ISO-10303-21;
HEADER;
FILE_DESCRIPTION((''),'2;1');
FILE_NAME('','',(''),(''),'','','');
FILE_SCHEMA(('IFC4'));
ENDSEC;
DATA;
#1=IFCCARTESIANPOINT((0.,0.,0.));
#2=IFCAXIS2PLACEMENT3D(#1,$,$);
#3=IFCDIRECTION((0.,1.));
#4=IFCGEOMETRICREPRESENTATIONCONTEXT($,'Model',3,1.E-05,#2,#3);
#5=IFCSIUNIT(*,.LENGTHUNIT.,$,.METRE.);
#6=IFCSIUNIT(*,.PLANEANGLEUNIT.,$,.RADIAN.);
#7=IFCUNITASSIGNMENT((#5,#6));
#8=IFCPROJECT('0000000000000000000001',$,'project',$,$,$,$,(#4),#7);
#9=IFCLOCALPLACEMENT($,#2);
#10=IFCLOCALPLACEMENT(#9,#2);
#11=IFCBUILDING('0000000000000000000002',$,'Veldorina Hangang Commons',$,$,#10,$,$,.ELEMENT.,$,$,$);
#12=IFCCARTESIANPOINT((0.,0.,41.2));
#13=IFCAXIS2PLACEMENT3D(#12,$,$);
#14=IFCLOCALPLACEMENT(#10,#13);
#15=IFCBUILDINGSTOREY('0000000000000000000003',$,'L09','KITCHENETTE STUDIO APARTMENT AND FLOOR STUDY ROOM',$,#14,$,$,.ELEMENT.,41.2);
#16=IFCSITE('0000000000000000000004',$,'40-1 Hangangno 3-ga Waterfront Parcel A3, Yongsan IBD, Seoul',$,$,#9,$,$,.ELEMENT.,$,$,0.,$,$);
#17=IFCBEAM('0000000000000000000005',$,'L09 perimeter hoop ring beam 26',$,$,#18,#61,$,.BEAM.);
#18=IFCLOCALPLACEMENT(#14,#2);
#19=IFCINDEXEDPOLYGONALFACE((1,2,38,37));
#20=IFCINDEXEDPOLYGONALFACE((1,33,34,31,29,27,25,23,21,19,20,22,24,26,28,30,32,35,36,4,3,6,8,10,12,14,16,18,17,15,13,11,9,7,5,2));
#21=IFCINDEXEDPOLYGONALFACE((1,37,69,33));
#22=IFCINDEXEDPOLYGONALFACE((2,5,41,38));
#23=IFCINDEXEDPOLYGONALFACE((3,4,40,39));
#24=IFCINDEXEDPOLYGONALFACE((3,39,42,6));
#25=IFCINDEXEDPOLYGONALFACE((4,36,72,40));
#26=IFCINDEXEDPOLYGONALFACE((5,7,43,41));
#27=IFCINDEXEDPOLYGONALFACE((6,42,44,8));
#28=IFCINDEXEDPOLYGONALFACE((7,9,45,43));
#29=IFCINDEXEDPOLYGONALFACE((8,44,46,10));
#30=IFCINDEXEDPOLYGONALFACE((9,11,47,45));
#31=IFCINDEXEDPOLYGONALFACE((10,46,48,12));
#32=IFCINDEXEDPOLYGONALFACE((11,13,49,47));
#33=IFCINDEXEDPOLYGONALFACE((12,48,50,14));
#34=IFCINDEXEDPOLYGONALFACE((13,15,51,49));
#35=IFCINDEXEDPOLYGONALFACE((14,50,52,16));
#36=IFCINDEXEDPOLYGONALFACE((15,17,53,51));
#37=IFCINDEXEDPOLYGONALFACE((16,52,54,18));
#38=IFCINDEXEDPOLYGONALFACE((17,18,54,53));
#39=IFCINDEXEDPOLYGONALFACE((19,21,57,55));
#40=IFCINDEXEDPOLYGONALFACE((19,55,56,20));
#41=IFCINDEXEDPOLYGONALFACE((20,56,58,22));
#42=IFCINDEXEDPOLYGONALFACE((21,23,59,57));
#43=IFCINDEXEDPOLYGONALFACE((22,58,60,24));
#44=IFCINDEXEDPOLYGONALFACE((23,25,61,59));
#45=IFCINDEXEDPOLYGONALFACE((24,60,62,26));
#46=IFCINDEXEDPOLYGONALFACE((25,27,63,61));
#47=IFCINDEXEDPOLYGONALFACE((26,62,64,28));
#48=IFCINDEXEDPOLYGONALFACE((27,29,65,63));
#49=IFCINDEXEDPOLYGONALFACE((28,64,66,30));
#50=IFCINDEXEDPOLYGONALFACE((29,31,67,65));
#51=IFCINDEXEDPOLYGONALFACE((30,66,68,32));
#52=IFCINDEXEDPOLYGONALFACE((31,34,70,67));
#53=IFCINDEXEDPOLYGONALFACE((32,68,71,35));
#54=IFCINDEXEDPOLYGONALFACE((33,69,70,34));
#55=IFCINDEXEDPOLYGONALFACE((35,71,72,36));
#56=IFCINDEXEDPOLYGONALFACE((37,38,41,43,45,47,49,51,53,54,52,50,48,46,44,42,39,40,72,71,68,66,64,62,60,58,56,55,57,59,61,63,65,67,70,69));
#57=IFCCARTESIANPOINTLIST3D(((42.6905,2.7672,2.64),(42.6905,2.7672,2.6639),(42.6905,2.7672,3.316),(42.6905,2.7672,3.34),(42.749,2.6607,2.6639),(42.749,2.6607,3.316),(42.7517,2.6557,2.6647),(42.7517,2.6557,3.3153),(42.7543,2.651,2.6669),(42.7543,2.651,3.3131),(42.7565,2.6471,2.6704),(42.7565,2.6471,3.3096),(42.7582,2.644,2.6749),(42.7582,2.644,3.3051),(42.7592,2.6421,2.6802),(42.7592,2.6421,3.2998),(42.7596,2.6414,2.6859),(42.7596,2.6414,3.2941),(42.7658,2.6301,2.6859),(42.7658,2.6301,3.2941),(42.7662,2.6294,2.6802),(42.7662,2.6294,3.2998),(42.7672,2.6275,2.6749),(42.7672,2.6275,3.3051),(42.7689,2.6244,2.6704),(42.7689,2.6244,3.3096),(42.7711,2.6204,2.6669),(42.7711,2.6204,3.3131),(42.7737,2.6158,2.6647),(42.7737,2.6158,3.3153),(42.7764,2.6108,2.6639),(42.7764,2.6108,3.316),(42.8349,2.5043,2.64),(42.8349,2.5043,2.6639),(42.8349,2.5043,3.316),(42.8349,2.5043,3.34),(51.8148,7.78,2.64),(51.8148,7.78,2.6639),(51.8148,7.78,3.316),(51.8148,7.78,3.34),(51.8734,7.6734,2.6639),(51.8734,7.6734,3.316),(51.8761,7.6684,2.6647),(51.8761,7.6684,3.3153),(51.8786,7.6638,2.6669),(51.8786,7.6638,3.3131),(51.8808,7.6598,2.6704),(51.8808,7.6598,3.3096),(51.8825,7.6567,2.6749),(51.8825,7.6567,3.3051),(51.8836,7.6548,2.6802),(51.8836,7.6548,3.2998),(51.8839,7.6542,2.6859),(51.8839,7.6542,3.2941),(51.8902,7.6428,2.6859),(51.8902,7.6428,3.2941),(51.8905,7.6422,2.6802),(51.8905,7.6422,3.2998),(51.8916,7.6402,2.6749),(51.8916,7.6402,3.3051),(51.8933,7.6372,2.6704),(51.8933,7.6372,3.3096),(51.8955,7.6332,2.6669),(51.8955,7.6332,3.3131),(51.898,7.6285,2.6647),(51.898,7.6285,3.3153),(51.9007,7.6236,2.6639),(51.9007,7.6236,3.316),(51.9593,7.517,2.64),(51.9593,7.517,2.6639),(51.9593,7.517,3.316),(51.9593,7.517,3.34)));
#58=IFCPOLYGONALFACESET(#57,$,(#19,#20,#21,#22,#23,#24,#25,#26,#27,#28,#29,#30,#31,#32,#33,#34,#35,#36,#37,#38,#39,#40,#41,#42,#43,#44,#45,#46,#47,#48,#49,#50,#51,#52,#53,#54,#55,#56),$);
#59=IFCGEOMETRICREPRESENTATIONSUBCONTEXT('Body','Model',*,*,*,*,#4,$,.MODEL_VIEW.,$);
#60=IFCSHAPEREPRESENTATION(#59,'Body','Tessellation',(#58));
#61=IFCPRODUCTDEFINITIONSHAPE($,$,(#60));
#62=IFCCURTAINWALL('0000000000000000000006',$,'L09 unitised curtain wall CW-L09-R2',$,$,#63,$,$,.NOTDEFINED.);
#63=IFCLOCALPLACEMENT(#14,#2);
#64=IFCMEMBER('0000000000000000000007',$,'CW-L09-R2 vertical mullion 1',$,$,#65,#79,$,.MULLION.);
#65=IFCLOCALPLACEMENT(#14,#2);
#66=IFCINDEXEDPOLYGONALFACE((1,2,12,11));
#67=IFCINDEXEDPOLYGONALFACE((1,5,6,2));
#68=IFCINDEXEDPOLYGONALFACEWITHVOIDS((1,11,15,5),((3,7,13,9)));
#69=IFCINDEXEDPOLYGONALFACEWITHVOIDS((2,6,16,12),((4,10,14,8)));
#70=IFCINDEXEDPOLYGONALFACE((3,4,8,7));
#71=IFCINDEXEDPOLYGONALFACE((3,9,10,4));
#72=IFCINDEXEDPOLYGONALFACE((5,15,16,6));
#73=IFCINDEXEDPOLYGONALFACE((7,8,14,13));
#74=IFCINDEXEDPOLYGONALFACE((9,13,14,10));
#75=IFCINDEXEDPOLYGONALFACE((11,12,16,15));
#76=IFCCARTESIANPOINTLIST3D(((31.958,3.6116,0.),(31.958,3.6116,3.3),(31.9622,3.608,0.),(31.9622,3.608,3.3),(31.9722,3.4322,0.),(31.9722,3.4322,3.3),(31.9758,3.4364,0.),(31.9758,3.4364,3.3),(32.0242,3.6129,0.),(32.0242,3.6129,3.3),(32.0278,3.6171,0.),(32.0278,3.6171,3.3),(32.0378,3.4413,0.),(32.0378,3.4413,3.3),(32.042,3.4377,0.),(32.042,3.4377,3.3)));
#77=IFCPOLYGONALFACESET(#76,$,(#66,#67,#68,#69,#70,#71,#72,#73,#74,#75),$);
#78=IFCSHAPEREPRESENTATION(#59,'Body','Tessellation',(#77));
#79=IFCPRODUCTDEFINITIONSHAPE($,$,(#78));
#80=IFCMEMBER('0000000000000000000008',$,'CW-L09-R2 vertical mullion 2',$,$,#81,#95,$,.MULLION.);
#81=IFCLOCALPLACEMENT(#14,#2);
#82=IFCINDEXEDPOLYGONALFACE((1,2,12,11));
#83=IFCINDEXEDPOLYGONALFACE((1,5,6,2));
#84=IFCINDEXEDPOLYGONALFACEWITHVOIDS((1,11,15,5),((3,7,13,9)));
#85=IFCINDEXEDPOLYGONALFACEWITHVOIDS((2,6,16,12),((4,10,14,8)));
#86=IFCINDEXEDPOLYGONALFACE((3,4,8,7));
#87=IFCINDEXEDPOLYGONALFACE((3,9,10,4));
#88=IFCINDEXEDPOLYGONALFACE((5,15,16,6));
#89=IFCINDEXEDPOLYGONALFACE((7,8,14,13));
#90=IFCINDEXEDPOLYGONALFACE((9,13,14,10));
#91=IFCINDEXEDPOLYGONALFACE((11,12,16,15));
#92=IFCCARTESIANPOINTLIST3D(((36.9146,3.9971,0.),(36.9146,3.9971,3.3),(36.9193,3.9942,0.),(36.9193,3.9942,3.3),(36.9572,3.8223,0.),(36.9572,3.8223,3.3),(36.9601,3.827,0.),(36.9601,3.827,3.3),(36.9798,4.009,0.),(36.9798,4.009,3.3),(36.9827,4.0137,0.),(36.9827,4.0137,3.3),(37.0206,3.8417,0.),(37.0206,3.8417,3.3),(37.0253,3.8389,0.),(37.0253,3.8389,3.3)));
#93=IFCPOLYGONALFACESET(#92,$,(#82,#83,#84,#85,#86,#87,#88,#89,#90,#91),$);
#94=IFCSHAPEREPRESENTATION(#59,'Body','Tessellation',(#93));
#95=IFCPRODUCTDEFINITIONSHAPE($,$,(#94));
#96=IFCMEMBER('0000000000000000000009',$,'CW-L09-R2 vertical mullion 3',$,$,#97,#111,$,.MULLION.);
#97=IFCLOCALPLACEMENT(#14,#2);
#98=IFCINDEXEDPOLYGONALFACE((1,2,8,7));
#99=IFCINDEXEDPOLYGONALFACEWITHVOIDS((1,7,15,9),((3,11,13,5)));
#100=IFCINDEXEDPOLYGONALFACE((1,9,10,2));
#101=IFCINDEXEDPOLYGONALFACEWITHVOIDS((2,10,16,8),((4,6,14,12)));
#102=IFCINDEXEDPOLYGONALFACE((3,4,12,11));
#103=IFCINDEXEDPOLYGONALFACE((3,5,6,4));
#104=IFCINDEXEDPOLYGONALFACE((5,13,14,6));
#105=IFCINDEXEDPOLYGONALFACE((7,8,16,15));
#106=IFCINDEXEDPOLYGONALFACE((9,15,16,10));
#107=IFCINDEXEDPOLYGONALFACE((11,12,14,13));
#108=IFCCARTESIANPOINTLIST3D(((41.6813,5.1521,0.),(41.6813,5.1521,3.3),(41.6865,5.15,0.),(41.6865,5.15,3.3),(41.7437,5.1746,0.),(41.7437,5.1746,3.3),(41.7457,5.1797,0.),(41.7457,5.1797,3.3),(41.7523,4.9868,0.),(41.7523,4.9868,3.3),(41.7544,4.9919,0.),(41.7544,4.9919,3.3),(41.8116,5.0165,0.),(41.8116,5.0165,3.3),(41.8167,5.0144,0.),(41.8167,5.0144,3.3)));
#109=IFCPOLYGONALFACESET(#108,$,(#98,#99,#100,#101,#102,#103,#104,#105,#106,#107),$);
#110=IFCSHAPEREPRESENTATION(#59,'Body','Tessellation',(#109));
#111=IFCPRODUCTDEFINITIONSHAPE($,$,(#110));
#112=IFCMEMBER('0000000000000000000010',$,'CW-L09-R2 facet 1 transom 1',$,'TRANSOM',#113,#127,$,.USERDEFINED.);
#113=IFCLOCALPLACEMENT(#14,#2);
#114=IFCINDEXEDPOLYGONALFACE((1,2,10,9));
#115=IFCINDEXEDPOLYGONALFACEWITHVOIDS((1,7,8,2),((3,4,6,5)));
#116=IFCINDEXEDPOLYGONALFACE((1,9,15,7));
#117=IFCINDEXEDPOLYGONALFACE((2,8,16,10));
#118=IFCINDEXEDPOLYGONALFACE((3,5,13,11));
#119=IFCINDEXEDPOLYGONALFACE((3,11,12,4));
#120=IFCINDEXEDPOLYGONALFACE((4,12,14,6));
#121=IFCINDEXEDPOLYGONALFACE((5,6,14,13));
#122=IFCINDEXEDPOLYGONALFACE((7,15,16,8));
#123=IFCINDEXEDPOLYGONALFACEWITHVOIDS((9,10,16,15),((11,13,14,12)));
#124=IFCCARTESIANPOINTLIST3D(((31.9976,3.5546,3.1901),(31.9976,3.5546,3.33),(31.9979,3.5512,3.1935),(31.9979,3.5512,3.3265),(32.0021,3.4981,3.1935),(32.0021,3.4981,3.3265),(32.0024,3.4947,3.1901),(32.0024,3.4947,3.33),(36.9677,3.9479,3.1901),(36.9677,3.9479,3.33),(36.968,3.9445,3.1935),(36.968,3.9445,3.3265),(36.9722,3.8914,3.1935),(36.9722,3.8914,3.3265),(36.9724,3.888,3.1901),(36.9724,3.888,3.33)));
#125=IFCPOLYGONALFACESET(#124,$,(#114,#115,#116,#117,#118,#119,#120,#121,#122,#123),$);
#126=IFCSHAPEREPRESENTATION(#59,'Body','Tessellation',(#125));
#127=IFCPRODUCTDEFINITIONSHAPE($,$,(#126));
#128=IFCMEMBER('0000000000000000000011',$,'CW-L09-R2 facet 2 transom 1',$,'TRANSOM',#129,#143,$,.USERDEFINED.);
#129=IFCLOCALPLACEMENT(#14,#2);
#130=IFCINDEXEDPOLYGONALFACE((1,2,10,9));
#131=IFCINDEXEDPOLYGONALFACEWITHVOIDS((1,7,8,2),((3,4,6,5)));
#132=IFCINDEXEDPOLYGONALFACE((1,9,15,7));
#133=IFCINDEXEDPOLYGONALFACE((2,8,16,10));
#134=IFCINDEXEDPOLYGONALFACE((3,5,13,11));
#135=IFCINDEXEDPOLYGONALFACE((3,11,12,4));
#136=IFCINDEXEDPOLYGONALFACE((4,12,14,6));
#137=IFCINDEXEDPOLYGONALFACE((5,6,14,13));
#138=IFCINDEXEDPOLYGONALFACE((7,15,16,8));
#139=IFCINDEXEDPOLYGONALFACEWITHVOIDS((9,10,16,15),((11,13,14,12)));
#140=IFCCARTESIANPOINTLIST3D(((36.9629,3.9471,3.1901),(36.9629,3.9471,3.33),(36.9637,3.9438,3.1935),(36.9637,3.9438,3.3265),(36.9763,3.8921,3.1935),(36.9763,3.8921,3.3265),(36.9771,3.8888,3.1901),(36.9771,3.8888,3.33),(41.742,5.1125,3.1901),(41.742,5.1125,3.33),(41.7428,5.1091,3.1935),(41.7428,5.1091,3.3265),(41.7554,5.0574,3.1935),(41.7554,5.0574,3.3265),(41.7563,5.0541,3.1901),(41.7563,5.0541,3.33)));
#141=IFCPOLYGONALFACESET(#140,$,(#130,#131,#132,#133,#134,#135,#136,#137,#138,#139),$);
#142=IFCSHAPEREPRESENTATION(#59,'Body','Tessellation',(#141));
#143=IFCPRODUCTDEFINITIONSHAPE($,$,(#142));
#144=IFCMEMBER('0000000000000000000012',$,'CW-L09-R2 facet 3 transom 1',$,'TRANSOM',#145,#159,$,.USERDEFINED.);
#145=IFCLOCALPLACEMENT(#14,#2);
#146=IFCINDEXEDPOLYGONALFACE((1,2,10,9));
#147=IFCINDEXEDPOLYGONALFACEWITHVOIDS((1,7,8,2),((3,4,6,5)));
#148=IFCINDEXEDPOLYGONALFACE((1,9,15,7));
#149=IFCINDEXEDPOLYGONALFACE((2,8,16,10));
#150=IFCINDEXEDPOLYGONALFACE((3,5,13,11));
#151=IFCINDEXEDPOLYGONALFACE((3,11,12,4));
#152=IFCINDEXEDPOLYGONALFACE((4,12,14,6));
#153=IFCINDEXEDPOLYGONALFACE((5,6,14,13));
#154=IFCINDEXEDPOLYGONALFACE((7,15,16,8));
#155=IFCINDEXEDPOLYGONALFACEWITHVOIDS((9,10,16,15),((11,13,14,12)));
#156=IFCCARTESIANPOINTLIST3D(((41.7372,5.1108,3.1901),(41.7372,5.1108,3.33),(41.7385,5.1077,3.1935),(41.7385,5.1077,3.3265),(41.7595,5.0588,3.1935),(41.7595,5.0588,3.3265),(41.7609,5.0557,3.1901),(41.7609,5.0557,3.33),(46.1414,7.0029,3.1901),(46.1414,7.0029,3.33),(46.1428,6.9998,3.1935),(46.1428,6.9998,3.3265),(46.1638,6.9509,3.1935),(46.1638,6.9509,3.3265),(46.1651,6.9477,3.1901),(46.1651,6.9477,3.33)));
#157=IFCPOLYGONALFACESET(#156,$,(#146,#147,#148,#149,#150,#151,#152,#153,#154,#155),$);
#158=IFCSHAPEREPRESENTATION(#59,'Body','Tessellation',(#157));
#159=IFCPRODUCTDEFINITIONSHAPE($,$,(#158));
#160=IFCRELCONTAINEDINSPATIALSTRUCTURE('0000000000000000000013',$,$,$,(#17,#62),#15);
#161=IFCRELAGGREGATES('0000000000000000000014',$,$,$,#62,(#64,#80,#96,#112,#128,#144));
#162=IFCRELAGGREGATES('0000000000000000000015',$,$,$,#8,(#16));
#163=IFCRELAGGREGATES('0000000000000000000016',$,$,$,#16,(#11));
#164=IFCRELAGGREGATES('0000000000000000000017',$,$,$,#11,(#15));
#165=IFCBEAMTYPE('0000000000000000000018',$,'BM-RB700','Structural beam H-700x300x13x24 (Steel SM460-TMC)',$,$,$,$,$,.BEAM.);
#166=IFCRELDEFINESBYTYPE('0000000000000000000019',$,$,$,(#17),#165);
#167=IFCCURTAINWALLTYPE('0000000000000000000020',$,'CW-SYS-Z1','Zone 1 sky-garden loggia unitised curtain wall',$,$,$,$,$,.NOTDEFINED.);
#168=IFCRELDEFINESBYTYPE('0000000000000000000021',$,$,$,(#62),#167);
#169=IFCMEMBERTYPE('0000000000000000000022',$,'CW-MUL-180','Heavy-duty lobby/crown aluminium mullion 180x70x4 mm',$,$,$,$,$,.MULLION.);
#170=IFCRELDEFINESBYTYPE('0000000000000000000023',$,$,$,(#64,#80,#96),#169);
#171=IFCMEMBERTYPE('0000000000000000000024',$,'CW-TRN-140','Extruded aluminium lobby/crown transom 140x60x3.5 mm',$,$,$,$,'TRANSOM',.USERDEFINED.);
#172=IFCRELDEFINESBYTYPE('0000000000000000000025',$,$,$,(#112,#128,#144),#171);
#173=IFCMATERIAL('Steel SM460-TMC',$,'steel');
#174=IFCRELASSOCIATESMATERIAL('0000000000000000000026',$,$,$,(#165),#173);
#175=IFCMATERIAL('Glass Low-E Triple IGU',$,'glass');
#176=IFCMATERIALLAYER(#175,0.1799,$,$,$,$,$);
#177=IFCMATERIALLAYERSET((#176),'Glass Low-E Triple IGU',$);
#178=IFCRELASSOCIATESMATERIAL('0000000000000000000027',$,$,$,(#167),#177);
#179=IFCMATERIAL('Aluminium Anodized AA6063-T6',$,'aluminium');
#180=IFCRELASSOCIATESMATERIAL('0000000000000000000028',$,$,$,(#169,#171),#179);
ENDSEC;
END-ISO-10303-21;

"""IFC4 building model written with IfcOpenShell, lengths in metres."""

from ifc_helpers import new_model, si_unit, direction, frame, origin, origin_2d, place, context, subcontext, project, spatial, hollow_rectangle, i_section, extrude, material, layer, layer_set, material_profile, profile_set, type_object, element, aggregate, save


model = new_model("IFC4")

# Units and contexts
model_context = context("Model", 3, precision=1e-05, world=origin(), true_north=direction((0.0, 1.0)))
body_context = subcontext(model_context, "Body", "Model", "MODEL_VIEW")
ifc_project = project(units=[si_unit("LENGTHUNIT", "METRE"), si_unit("PLANEANGLEUNIT", "RADIAN")], contexts=[model_context])

# Site, building, storey
site_placement = place(None, origin())
site = spatial("IfcSite", under=ifc_project, at=site_placement, Name="40-1 Hangangno 3-ga Waterfront Parcel A3, Yongsan IBD, Seoul", CompositionType="ELEMENT", RefElevation=0.0)
building_placement = place(site_placement, origin())
building = spatial("IfcBuilding", under=site, at=building_placement, Name="Veldorina Hangang Commons", CompositionType="ELEMENT")
storey_placement = place(building_placement, frame((0.0, 0.0, 41.2)))
storey = spatial("IfcBuildingStorey", under=building, at=storey_placement, Name="L09", Description="KITCHENETTE STUDIO APARTMENT AND FLOOR STUDY ROOM", CompositionType="ELEMENT", Elevation=41.2)

# Beam
ifc_material_1 = material(Name="Steel SM460-TMC", Category="steel")
ifc_material_profile_1 = material_profile(ifc_material_1, i_section(OverallWidth=0.3, OverallDepth=0.7, WebThickness=0.0129, FlangeThickness=0.0239, FilletRadius=0.022, at=origin_2d()), Name="H-700x300x13x24")
ifc_profile_set_1 = profile_set([ifc_material_profile_1], Name="Steel SM460-TMC")
beam_type = type_object("IfcBeamType", Name="BM-RB700", Description="Structural beam H-700x300x13x24 (Steel SM460-TMC)", PredefinedType="BEAM", material=ifc_profile_set_1)
beam_placement = place(storey_placement, frame((42.7627, 2.6357, 2.99), z_axis=(0.876445, 0.481502, 0.0), x_axis=(-0.481502, 0.876445, 0.0)))
element("IfcBeam", 1, at=beam_placement, inside=storey, type_object=beam_type, Name="L09 perimeter hoop ring beam 26", PredefinedType="BEAM", context=body_context, shape_type="SweptSolid", body=[
    extrude(i_section(OverallWidth=0.3, OverallDepth=0.7, WebThickness=0.0129, FlangeThickness=0.0239, FilletRadius=0.022, at=origin_2d()), origin(), (0.0, 0.0, 1.0), 10.4106),
])

# Curtain wall, members
ifc_material_2 = material(Name="Glass Low-E Triple IGU", Category="glass")
ifc_layer_1 = layer(ifc_material_2, 0.1799)
ifc_layer_set_1 = layer_set([ifc_layer_1], Name="Glass Low-E Triple IGU")
curtain_wall_type = type_object("IfcCurtainWallType", Name="CW-SYS-Z1", Description="Zone 1 sky-garden loggia unitised curtain wall", PredefinedType="NOTDEFINED", material=ifc_layer_set_1)
curtain_wall_placement = place(storey_placement, origin())
curtain_wall = element("IfcCurtainWall", 2, at=curtain_wall_placement, inside=storey, type_object=curtain_wall_type, Name="L09 unitised curtain wall CW-L09-R2", PredefinedType="NOTDEFINED")
ifc_material_3 = material(Name="Aluminium Anodized AA6063-T6", Category="aluminium")
ifc_material_profile_2 = material_profile(ifc_material_3, hollow_rectangle(XDim=0.0701, YDim=0.1799, WallThickness=0.0039, at=origin_2d()), Name="ALU-RHS-180x70x4")
ifc_profile_set_2 = profile_set([ifc_material_profile_2], Name="Aluminium Anodized AA6063-T6")
member_type_1 = type_object("IfcMemberType", Name="CW-MUL-180", Description="Heavy-duty lobby/crown aluminium mullion 180x70x4 mm", PredefinedType="MULLION", material=ifc_profile_set_2)
member_1_placement = place(storey_placement, frame((32.0, 3.5247, 0.0), z_axis=(0.0, 0.0, 1.0), x_axis=(0.996882, 0.078911, 0.0)))
member_1 = element("IfcMember", 3, at=member_1_placement, type_object=member_type_1, Name="CW-L09-R2 vertical mullion 1", PredefinedType="MULLION", context=body_context, shape_type="SweptSolid", body=[
    extrude(hollow_rectangle(XDim=0.0701, YDim=0.1799, WallThickness=0.0039, at=origin_2d()), origin(), (0.0, 0.0, 1.0), 3.3),
])
member_2_placement = place(storey_placement, frame((36.97, 3.918, 0.0), z_axis=(0.0, 0.0, 1.0), x_axis=(0.971541, 0.236872, 0.0)))
member_2 = element("IfcMember", 4, at=member_2_placement, type_object=member_type_1, Name="CW-L09-R2 vertical mullion 2", PredefinedType="MULLION", context=body_context, shape_type="SweptSolid", body=[
    extrude(hollow_rectangle(XDim=0.0701, YDim=0.1799, WallThickness=0.0039, at=origin_2d()), origin(), (0.0, 0.0, 1.0), 3.3),
])
member_3_placement = place(storey_placement, frame((41.749, 5.0833, 0.0), z_axis=(0.0, 0.0, 1.0), x_axis=(0.918805, 0.394712, 0.0)))
member_3 = element("IfcMember", 5, at=member_3_placement, type_object=member_type_1, Name="CW-L09-R2 vertical mullion 3", PredefinedType="MULLION", context=body_context, shape_type="SweptSolid", body=[
    extrude(hollow_rectangle(XDim=0.0701, YDim=0.1799, WallThickness=0.0039, at=origin_2d()), origin(), (0.0, 0.0, 1.0), 3.3),
])
ifc_material_profile_3 = material_profile(ifc_material_3, hollow_rectangle(XDim=0.0601, YDim=0.1399, WallThickness=0.0034, at=origin_2d()), Name="ALU-RHS-140x60x3.5")
ifc_profile_set_3 = profile_set([ifc_material_profile_3], Name="Aluminium Anodized AA6063-T6")
member_type_2 = type_object("IfcMemberType", Name="CW-TRN-140", Description="Extruded aluminium lobby/crown transom 140x60x3.5 mm", ElementType="TRANSOM", PredefinedType="USERDEFINED", material=ifc_profile_set_3)
member_4_placement = place(storey_placement, frame((32.0, 3.5247, 3.26), z_axis=(0.996883, 0.078891, 0.0), x_axis=(-0.078891, 0.996883, 0.0)))
member_4 = element("IfcMember", 6, at=member_4_placement, type_object=member_type_2, Name="CW-L09-R2 facet 1 transom 1", ObjectType="TRANSOM", PredefinedType="USERDEFINED", context=body_context, shape_type="SweptSolid", body=[
    extrude(hollow_rectangle(XDim=0.0601, YDim=0.1399, WallThickness=0.0034, at=origin_2d()), origin(), (0.0, 0.0, 1.0), 4.9856),
])
member_5_placement = place(storey_placement, frame((36.97, 3.918, 3.26), z_axis=(0.971536, 0.236891, 0.0), x_axis=(-0.236891, 0.971536, 0.0)))
member_5 = element("IfcMember", 7, at=member_5_placement, type_object=member_type_2, Name="CW-L09-R2 facet 2 transom 1", ObjectType="TRANSOM", PredefinedType="USERDEFINED", context=body_context, shape_type="SweptSolid", body=[
    extrude(hollow_rectangle(XDim=0.0601, YDim=0.1399, WallThickness=0.0034, at=origin_2d()), origin(), (0.0, 0.0, 1.0), 4.9192),
])
member_6_placement = place(storey_placement, frame((41.749, 5.0833, 3.26), z_axis=(0.918802, 0.394718, 0.0), x_axis=(-0.394718, 0.918802, 0.0)))
member_6 = element("IfcMember", 8, at=member_6_placement, type_object=member_type_2, Name="CW-L09-R2 facet 3 transom 1", ObjectType="TRANSOM", PredefinedType="USERDEFINED", context=body_context, shape_type="SweptSolid", body=[
    extrude(hollow_rectangle(XDim=0.0601, YDim=0.1399, WallThickness=0.0034, at=origin_2d()), origin(), (0.0, 0.0, 1.0), 4.7935),
])

aggregate(curtain_wall, [member_1, member_2, member_3, member_4, member_5, member_6])

save(model, "model.ifc")
